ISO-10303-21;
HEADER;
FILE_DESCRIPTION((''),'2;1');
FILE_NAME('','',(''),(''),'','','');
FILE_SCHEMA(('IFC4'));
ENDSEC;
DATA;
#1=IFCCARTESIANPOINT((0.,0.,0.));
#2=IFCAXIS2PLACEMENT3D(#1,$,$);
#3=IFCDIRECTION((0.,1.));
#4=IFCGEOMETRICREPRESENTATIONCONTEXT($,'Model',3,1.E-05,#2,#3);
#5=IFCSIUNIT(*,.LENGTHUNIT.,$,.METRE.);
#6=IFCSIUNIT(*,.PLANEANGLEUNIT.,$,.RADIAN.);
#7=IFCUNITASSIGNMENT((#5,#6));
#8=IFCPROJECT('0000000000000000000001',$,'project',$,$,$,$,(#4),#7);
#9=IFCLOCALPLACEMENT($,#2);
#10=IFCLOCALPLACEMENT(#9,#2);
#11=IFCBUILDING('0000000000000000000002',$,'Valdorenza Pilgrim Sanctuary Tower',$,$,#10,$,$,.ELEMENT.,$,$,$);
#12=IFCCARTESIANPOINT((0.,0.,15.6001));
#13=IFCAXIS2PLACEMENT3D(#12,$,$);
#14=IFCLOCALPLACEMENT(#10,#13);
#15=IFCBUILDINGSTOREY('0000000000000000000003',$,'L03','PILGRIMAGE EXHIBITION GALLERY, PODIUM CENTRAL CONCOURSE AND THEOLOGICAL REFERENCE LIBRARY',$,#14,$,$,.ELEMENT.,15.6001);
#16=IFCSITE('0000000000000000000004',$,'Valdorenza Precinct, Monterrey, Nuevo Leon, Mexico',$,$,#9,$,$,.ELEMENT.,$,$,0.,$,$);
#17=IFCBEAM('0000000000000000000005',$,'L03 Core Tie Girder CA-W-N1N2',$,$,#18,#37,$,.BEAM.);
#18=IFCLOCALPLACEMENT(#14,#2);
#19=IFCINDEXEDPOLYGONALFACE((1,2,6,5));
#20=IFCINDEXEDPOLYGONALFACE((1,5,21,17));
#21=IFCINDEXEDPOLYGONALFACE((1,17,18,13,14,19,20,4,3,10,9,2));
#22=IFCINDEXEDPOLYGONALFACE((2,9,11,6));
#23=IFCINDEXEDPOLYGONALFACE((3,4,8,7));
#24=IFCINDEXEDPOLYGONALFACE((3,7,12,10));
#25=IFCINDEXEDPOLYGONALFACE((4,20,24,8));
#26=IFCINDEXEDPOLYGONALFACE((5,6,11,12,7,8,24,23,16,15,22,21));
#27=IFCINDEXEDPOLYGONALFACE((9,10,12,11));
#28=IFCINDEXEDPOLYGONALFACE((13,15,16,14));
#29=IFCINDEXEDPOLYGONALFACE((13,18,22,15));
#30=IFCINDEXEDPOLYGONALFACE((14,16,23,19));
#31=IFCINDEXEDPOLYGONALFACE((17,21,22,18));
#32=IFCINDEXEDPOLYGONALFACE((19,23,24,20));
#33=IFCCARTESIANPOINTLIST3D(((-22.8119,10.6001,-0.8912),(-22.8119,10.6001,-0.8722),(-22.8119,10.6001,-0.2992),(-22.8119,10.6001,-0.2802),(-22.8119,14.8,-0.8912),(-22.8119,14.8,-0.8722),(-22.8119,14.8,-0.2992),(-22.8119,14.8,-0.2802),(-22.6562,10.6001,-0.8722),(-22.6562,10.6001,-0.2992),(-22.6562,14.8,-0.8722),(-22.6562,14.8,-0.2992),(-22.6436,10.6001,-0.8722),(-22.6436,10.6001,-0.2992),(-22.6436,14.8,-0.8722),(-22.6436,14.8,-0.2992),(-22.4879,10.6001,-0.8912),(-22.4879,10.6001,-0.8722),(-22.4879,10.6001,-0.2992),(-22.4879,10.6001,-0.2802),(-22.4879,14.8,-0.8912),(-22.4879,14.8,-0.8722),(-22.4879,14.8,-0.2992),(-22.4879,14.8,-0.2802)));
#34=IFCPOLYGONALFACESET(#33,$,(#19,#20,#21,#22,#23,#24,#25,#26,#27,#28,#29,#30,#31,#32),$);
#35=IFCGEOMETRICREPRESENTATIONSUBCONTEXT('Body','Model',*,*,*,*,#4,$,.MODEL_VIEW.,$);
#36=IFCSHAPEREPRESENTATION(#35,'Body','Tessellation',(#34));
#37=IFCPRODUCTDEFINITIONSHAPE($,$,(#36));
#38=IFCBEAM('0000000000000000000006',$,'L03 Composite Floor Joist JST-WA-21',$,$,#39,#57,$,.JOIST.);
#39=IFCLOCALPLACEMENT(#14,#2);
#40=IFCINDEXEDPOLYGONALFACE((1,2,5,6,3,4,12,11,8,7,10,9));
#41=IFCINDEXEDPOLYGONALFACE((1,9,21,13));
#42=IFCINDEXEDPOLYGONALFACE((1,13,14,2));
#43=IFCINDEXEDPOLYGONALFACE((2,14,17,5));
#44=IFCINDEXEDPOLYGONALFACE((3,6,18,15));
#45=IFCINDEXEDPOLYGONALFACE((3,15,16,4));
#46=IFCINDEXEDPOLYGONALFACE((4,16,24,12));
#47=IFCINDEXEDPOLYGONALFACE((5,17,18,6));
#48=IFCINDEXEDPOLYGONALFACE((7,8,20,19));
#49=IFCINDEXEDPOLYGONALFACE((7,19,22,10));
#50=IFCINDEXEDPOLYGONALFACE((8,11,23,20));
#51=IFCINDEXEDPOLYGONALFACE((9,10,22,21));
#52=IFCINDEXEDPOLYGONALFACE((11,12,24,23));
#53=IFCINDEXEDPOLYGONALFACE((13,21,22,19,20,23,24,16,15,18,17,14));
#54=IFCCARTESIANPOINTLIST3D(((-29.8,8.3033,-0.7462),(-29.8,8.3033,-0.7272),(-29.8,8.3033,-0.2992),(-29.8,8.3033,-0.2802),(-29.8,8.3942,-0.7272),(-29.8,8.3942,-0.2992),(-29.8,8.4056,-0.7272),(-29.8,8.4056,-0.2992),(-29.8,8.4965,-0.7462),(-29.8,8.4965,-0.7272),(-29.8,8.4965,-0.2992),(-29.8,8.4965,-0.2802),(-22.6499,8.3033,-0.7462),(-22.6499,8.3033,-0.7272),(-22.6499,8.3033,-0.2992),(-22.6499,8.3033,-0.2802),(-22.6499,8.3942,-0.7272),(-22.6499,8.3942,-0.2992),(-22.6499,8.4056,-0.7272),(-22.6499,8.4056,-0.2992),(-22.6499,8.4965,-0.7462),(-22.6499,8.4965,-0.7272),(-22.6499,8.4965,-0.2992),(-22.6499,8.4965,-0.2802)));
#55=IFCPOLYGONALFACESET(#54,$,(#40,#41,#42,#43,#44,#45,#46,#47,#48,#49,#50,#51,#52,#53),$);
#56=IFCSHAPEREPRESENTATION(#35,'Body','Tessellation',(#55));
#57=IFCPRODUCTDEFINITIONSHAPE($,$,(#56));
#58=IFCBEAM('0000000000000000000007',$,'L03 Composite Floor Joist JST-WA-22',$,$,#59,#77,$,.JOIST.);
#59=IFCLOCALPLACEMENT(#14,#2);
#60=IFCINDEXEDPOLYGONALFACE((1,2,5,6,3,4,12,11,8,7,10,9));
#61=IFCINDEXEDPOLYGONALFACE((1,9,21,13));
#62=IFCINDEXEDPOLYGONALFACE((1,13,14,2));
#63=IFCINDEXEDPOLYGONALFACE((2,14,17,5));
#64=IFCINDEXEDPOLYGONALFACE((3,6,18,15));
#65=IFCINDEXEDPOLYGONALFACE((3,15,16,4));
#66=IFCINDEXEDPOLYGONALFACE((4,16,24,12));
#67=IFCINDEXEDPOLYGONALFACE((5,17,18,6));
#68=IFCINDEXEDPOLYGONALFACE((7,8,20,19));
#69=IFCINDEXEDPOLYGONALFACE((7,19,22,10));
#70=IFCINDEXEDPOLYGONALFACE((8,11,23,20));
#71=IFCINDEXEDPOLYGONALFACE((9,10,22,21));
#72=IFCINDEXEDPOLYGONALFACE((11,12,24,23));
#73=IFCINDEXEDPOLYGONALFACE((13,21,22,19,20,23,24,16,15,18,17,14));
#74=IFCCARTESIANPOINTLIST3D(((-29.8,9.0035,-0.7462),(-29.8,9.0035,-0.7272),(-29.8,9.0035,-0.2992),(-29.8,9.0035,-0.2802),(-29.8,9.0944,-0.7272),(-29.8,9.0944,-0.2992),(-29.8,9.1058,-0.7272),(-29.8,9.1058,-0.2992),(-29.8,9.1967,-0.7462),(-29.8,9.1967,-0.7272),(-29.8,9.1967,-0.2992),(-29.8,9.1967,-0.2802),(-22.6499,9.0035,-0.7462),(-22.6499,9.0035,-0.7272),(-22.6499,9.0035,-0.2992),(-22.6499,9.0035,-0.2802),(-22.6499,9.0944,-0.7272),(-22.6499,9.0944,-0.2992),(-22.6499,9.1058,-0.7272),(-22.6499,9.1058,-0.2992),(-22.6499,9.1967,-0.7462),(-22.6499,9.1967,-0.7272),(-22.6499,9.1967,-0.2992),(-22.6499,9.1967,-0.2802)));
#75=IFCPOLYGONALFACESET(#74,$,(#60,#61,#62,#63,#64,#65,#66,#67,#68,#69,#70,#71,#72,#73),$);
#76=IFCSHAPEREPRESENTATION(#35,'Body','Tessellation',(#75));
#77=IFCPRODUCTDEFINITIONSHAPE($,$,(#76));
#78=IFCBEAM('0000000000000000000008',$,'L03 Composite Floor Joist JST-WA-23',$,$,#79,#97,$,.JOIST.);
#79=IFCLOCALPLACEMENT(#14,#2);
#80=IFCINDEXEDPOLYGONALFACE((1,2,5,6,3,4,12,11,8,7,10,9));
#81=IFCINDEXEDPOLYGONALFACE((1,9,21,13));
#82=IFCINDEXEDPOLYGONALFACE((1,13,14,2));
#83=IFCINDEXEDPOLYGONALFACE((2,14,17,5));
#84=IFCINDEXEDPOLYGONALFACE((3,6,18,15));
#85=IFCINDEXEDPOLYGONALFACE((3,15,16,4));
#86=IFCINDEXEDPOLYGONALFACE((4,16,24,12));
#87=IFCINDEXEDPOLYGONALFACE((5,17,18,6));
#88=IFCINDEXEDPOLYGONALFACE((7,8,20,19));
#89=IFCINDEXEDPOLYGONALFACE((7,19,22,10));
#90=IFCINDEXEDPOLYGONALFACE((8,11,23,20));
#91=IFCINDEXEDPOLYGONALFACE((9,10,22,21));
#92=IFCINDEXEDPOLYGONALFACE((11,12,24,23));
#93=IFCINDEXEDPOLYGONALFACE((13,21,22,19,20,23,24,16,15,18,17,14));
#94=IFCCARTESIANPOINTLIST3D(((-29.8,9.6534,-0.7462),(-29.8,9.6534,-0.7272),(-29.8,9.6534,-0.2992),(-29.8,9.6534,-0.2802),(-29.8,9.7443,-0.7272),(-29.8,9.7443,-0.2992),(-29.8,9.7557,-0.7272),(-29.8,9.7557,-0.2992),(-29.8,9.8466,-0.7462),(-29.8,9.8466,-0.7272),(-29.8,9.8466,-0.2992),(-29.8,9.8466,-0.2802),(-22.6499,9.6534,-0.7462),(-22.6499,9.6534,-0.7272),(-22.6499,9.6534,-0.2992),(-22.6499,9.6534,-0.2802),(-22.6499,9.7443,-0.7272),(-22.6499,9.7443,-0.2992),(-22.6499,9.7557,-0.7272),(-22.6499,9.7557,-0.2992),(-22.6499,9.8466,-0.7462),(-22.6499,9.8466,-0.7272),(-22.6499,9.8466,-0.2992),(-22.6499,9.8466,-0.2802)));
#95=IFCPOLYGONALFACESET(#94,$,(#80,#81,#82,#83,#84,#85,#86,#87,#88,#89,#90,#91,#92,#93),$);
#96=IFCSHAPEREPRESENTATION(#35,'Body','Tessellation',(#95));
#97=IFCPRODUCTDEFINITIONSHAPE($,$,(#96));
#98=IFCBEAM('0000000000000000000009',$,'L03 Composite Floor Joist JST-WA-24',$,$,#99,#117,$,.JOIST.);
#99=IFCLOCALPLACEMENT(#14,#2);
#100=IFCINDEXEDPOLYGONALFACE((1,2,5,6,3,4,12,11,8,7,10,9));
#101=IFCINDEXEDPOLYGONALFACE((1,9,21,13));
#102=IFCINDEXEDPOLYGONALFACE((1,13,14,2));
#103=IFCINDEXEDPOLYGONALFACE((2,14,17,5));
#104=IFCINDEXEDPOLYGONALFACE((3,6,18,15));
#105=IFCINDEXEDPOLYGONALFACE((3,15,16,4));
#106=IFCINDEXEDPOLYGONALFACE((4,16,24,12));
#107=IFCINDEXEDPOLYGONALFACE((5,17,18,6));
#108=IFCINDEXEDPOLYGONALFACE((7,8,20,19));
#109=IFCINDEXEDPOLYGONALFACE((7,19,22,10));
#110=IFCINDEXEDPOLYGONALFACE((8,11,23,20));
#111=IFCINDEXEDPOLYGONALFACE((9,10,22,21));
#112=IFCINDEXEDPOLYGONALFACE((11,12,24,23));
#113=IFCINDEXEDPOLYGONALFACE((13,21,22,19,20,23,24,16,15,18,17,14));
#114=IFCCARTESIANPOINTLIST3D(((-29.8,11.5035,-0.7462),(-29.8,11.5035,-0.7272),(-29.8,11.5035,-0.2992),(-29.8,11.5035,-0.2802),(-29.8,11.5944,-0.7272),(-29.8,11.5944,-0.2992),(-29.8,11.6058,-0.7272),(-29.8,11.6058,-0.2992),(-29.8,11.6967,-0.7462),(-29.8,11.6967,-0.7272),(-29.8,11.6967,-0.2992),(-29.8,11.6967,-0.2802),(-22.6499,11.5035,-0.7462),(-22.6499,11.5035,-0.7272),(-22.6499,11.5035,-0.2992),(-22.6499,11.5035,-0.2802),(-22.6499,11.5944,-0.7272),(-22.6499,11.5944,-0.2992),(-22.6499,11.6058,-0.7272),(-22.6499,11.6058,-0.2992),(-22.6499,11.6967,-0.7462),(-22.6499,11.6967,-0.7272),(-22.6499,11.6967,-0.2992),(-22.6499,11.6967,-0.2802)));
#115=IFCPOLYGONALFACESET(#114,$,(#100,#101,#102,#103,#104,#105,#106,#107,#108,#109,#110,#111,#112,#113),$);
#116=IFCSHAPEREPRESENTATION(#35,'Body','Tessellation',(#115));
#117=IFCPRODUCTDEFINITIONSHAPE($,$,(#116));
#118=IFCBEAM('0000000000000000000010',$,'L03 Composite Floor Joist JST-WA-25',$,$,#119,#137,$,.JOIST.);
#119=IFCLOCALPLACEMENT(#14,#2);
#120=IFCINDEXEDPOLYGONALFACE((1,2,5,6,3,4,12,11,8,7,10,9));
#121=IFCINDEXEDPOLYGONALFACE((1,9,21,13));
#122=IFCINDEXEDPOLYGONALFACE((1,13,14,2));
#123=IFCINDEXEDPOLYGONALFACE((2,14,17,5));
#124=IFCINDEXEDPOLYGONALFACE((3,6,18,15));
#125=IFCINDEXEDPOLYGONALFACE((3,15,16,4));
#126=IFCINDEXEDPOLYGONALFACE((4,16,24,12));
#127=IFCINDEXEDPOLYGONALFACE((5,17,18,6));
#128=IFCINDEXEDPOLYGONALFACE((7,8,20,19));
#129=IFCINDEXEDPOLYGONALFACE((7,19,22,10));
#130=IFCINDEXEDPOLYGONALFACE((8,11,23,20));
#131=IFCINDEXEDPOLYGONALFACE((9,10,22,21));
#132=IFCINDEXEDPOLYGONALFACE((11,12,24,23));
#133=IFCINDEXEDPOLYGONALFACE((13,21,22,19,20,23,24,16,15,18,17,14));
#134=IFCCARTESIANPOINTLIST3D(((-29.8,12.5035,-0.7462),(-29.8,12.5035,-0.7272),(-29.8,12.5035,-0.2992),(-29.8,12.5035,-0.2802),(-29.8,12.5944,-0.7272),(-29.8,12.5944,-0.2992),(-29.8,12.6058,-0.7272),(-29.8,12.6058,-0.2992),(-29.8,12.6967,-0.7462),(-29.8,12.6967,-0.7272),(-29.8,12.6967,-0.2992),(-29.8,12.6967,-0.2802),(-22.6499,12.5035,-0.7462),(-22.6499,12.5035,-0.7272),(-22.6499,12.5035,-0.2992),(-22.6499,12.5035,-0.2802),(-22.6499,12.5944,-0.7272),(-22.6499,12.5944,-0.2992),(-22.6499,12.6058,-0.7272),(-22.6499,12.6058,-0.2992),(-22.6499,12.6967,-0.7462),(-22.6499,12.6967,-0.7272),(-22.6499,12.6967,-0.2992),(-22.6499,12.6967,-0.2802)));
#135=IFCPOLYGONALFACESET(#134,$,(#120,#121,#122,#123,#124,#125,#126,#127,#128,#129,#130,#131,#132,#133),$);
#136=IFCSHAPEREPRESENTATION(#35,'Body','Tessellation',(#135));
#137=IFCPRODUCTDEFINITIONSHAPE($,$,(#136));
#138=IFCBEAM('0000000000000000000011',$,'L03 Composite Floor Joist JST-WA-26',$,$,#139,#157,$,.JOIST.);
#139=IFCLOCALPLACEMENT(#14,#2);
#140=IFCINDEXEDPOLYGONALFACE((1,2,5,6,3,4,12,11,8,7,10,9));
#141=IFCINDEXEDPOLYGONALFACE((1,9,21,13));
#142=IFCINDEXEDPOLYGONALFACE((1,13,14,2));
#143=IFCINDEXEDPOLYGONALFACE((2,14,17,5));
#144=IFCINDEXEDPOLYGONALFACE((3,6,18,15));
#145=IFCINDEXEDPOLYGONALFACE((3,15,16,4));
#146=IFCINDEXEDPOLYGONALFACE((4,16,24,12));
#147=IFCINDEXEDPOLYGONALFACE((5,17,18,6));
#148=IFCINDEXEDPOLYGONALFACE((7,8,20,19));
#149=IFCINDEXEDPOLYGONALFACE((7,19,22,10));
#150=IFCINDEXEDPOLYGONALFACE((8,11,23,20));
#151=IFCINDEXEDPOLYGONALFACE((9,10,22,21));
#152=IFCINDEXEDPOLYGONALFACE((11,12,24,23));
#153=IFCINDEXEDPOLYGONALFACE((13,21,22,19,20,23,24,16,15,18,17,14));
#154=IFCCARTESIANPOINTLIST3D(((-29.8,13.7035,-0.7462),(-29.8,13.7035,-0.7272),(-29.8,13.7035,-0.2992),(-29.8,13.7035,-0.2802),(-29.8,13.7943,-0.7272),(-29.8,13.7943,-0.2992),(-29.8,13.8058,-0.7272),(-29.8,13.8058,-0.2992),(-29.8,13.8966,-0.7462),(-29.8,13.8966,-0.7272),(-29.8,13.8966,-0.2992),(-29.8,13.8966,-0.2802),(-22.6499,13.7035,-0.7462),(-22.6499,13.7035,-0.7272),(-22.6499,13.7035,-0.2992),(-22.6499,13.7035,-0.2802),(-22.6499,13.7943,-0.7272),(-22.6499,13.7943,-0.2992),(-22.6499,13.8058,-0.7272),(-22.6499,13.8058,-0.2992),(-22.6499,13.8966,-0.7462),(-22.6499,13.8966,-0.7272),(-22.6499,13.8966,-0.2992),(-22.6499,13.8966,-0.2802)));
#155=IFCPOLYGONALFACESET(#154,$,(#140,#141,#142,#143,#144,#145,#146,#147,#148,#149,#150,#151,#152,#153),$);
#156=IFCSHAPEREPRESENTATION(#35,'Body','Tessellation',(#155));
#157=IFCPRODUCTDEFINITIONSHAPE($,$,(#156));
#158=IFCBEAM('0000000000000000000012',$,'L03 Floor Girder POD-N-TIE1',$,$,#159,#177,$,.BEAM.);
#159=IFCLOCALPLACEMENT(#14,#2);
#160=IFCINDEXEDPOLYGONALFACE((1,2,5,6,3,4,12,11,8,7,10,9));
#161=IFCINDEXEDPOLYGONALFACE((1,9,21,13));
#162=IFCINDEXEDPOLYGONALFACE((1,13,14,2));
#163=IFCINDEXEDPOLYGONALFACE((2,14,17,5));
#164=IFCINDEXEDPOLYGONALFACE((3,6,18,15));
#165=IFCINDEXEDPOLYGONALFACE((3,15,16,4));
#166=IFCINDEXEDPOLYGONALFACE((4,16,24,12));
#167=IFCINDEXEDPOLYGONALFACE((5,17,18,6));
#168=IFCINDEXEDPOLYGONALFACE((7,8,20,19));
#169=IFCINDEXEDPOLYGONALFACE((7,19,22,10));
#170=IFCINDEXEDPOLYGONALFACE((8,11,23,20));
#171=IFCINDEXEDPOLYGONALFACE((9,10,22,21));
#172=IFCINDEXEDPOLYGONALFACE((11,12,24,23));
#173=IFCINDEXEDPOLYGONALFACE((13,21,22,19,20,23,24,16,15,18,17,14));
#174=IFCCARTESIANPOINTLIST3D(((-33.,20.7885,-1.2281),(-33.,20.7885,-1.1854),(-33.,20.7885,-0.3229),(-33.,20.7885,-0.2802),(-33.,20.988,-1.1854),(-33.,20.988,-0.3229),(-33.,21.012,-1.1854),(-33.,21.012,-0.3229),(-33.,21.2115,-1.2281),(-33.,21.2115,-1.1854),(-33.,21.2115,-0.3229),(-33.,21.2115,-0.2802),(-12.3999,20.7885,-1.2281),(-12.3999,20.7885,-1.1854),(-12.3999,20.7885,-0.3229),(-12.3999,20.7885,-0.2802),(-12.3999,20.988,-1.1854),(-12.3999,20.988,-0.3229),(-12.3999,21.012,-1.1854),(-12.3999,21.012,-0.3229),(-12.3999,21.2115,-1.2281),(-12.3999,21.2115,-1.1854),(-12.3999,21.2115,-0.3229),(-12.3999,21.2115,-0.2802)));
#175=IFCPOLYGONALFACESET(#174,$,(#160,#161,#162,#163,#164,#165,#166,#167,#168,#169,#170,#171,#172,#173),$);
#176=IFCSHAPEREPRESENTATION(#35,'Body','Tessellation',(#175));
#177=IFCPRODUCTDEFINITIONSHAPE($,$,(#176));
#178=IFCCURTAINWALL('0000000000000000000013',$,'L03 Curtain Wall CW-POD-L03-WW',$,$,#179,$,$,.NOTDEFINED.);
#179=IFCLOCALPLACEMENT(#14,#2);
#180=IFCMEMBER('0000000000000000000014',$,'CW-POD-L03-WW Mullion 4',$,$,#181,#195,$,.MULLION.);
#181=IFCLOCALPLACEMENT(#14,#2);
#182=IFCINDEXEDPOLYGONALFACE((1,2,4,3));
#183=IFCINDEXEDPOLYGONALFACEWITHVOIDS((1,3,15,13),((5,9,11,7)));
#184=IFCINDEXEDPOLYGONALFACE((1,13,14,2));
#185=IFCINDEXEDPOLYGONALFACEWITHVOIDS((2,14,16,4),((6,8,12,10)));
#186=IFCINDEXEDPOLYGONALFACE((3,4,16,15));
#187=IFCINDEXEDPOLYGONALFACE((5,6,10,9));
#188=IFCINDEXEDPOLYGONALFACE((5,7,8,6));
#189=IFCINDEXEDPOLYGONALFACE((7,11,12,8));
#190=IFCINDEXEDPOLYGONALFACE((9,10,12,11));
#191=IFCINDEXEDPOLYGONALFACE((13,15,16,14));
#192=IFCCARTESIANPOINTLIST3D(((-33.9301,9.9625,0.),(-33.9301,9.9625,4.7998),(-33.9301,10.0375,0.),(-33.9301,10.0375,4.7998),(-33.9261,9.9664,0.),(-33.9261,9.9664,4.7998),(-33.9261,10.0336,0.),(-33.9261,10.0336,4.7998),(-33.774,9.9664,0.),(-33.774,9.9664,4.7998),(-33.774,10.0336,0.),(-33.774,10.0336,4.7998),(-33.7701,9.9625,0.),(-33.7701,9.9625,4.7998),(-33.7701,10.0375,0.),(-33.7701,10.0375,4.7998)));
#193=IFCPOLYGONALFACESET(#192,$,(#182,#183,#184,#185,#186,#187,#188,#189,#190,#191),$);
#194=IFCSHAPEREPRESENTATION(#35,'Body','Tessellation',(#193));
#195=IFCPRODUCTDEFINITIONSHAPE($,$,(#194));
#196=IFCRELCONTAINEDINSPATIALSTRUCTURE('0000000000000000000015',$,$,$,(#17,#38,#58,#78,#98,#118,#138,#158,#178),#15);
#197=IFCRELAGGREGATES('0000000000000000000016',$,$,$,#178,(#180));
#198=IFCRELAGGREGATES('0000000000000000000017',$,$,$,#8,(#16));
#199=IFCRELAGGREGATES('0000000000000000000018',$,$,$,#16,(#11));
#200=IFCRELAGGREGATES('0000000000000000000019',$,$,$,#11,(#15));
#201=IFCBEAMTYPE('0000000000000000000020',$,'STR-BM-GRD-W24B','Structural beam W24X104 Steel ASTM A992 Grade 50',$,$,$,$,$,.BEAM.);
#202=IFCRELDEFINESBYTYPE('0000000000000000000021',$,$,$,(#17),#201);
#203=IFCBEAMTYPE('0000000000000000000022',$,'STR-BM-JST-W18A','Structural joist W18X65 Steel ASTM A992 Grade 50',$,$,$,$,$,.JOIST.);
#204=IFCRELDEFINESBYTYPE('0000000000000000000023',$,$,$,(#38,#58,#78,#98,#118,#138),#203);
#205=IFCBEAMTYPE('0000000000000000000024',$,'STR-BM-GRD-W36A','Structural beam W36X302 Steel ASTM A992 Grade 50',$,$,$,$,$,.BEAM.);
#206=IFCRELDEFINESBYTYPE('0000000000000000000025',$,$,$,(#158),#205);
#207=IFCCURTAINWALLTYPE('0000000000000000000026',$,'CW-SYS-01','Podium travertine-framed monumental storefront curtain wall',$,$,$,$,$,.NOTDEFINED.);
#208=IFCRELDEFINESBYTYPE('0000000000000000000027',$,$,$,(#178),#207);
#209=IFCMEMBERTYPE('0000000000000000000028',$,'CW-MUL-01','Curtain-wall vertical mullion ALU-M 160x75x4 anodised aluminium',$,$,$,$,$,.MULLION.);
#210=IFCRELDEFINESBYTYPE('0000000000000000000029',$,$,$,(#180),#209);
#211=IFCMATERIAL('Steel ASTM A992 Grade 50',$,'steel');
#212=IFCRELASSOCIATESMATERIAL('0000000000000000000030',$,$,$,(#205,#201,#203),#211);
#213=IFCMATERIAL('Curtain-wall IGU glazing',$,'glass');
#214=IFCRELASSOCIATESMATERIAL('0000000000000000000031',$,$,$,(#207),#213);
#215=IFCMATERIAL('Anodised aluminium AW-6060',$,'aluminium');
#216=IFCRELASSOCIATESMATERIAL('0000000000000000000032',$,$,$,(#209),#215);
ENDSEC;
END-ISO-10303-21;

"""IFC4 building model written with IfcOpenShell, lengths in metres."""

from ifc_helpers import new_model, si_unit, direction, frame, origin, origin_2d, place, context, subcontext, project, spatial, hollow_rectangle, i_section, extrude, source, transform, mapped, material, material_profile, profile_set, type_object, element, aggregate, save


model = new_model("IFC4")

# Units and contexts
model_context = context("Model", 3, precision=1e-05, world=origin(), true_north=direction((0.0, 1.0)))
body_context = subcontext(model_context, "Body", "Model", "MODEL_VIEW")
ifc_project = project(units=[si_unit("LENGTHUNIT", "METRE"), si_unit("PLANEANGLEUNIT", "RADIAN")], contexts=[model_context])

# Site, building, storey
site_placement = place(None, origin())
site = spatial("IfcSite", under=ifc_project, at=site_placement, Name="Valdorenza Precinct, Monterrey, Nuevo Leon, Mexico", CompositionType="ELEMENT", RefElevation=0.0)
building_placement = place(site_placement, origin())
building = spatial("IfcBuilding", under=site, at=building_placement, Name="Valdorenza Pilgrim Sanctuary Tower", CompositionType="ELEMENT")
storey_placement = place(building_placement, frame((0.0, 0.0, 15.6001)))
storey = spatial("IfcBuildingStorey", under=building, at=storey_placement, Name="L03", Description="PILGRIMAGE EXHIBITION GALLERY, PODIUM CENTRAL CONCOURSE AND THEOLOGICAL REFERENCE LIBRARY", CompositionType="ELEMENT", Elevation=15.6001)

# Beams
ifc_material_1 = material(Name="Steel ASTM A992 Grade 50", Category="steel")
ifc_material_profile_1 = material_profile(ifc_material_1, i_section(OverallWidth=0.4231, OverallDepth=0.948, WebThickness=0.0239, FlangeThickness=0.0427, at=origin_2d()), Name="W36X302")
ifc_profile_set_1 = profile_set([ifc_material_profile_1], Name="Steel ASTM A992 Grade 50")
beam_type_1 = type_object("IfcBeamType", Name="STR-BM-GRD-W36A", Description="Structural beam W36X302 Steel ASTM A992 Grade 50", PredefinedType="BEAM", material=ifc_profile_set_1)
ifc_material_profile_2 = material_profile(ifc_material_1, i_section(OverallWidth=0.324, OverallDepth=0.6111, WebThickness=0.0127, FlangeThickness=0.019, at=origin_2d()), Name="W24X104")
ifc_profile_set_2 = profile_set([ifc_material_profile_2], Name="Steel ASTM A992 Grade 50")
beam_type_2 = type_object("IfcBeamType", Name="STR-BM-GRD-W24B", Description="Structural beam W24X104 Steel ASTM A992 Grade 50", PredefinedType="BEAM", material=ifc_profile_set_2)
shared_shape_1 = source(origin(), body_context, "Body", "SweptSolid", [
    extrude(i_section(OverallWidth=0.324, OverallDepth=0.6111, WebThickness=0.0127, FlangeThickness=0.019, at=origin_2d()), origin(), (0.0, 0.0, 1.0), 4.2),
])
beam_1_placement = place(storey_placement, frame((-22.6499, 10.6001, -0.5857), z_axis=(0.0, 1.0, 0.0), x_axis=(-1.0, 0.0, 0.0)))
element("IfcBeam", 1, at=beam_1_placement, inside=storey, type_object=beam_type_2, Name="L03 Core Tie Girder CA-W-N1N2", PredefinedType="BEAM", context=body_context, shape_type="MappedRepresentation", body=[
    mapped(shared_shape_1, transform((0.0, 0.0, 0.0), x_axis=(1.0, 0.0, 0.0), y_axis=(0.0, 1.0, 0.0), z_axis=(0.0, 0.0, 1.0), scale=1.0)),
])
ifc_material_profile_3 = material_profile(ifc_material_1, i_section(OverallWidth=0.1931, OverallDepth=0.4661, WebThickness=0.0115, FlangeThickness=0.019, at=origin_2d()), Name="W18X65")
ifc_profile_set_3 = profile_set([ifc_material_profile_3], Name="Steel ASTM A992 Grade 50")
beam_type_3 = type_object("IfcBeamType", Name="STR-BM-JST-W18A", Description="Structural joist W18X65 Steel ASTM A992 Grade 50", PredefinedType="JOIST", material=ifc_profile_set_3)
shared_shape_2 = source(origin(), body_context, "Body", "SweptSolid", [
    extrude(i_section(OverallWidth=0.1931, OverallDepth=0.4661, WebThickness=0.0115, FlangeThickness=0.019, at=origin_2d()), origin(), (0.0, 0.0, 1.0), 7.1501),
])
for number, where, z_axis, x_axis, name in (
    (2, (-29.8, 8.3999, -0.5132), (1.0, 0.0, 0.0), (0.0, 1.0, 0.0), "L03 Composite Floor Joist JST-WA-21"),
    (3, (-29.8, 9.1001, -0.5132), (1.0, 0.0, 0.0), (0.0, 1.0, 0.0), "L03 Composite Floor Joist JST-WA-22"),
    (4, (-29.8, 9.75, -0.5132), (1.0, 0.0, 0.0), (0.0, 1.0, 0.0), "L03 Composite Floor Joist JST-WA-23"),
    (5, (-29.8, 11.6001, -0.5132), (1.0, 0.0, 0.0), (0.0, 1.0, 0.0), "L03 Composite Floor Joist JST-WA-24"),
    (6, (-29.8, 12.6001, -0.5132), (1.0, 0.0, 0.0), (0.0, 1.0, 0.0), "L03 Composite Floor Joist JST-WA-25"),
    (7, (-29.8, 13.8, -0.5132), (1.0, 0.0, 0.0), (0.0, 1.0, 0.0), "L03 Composite Floor Joist JST-WA-26"),
):
    element("IfcBeam", number, at=place(storey_placement, frame(where, z_axis=z_axis, x_axis=x_axis)), inside=storey, type_object=beam_type_3, Name=name, PredefinedType="JOIST", context=body_context, shape_type="MappedRepresentation", body=[
        mapped(shared_shape_2, transform((0.0, 0.0, 0.0), x_axis=(1.0, 0.0, 0.0), y_axis=(0.0, 1.0, 0.0), z_axis=(0.0, 0.0, 1.0), scale=1.0)),
    ])
shared_shape_3 = source(origin(), body_context, "Body", "SweptSolid", [
    extrude(i_section(OverallWidth=0.4231, OverallDepth=0.948, WebThickness=0.0239, FlangeThickness=0.0427, at=origin_2d()), origin(), (0.0, 0.0, 1.0), 20.6001),
])
beam_2_placement = place(storey_placement, frame((-33.0, 21.0, -0.7542), z_axis=(1.0, 0.0, 0.0), x_axis=(0.0, 1.0, 0.0)))
element("IfcBeam", 8, at=beam_2_placement, inside=storey, type_object=beam_type_1, Name="L03 Floor Girder POD-N-TIE1", PredefinedType="BEAM", context=body_context, shape_type="MappedRepresentation", body=[
    mapped(shared_shape_3, transform((0.0, 0.0, 0.0), x_axis=(1.0, 0.0, 0.0), y_axis=(0.0, 1.0, 0.0), z_axis=(0.0, 0.0, 1.0), scale=1.0)),
])

# Curtain wall, member
ifc_material_2 = material(Name="Curtain-wall IGU glazing", Category="glass")
curtain_wall_type = type_object("IfcCurtainWallType", Name="CW-SYS-01", Description="Podium travertine-framed monumental storefront curtain wall", PredefinedType="NOTDEFINED", material=ifc_material_2)
curtain_wall_placement = place(storey_placement, origin())
curtain_wall = element("IfcCurtainWall", 9, at=curtain_wall_placement, inside=storey, type_object=curtain_wall_type, Name="L03 Curtain Wall CW-POD-L03-WW", PredefinedType="NOTDEFINED")
ifc_material_3 = material(Name="Anodised aluminium AW-6060", Category="aluminium")
ifc_material_profile_4 = material_profile(ifc_material_3, hollow_rectangle(XDim=0.075, YDim=0.1599, WallThickness=0.0039, at=origin_2d()), Name="ALU-M 160x75x4")
ifc_profile_set_4 = profile_set([ifc_material_profile_4], Name="Anodised aluminium AW-6060")
member_type = type_object("IfcMemberType", Name="CW-MUL-01", Description="Curtain-wall vertical mullion ALU-M 160x75x4 anodised aluminium", PredefinedType="MULLION", material=ifc_profile_set_4)
shared_shape_4 = source(origin(), body_context, "Body", "SweptSolid", [
    extrude(hollow_rectangle(XDim=0.075, YDim=0.1599, WallThickness=0.0039, at=origin_2d()), origin(), (0.0, 0.0, 1.0), 4.7998),
])
member_placement = place(storey_placement, frame((-33.8501, 10.0, 0.0), z_axis=(0.0, 0.0, 1.0), x_axis=(0.0, 1.0, 0.0)))
member = element("IfcMember", 10, at=member_placement, type_object=member_type, Name="CW-POD-L03-WW Mullion 4", PredefinedType="MULLION", context=body_context, shape_type="MappedRepresentation", body=[
    mapped(shared_shape_4, transform((0.0, 0.0, 0.0), x_axis=(1.0, 0.0, 0.0), y_axis=(0.0, 1.0, 0.0), z_axis=(0.0, 0.0, 1.0), scale=1.0)),
])
aggregate(curtain_wall, [member])

save(model, "model.ifc")
